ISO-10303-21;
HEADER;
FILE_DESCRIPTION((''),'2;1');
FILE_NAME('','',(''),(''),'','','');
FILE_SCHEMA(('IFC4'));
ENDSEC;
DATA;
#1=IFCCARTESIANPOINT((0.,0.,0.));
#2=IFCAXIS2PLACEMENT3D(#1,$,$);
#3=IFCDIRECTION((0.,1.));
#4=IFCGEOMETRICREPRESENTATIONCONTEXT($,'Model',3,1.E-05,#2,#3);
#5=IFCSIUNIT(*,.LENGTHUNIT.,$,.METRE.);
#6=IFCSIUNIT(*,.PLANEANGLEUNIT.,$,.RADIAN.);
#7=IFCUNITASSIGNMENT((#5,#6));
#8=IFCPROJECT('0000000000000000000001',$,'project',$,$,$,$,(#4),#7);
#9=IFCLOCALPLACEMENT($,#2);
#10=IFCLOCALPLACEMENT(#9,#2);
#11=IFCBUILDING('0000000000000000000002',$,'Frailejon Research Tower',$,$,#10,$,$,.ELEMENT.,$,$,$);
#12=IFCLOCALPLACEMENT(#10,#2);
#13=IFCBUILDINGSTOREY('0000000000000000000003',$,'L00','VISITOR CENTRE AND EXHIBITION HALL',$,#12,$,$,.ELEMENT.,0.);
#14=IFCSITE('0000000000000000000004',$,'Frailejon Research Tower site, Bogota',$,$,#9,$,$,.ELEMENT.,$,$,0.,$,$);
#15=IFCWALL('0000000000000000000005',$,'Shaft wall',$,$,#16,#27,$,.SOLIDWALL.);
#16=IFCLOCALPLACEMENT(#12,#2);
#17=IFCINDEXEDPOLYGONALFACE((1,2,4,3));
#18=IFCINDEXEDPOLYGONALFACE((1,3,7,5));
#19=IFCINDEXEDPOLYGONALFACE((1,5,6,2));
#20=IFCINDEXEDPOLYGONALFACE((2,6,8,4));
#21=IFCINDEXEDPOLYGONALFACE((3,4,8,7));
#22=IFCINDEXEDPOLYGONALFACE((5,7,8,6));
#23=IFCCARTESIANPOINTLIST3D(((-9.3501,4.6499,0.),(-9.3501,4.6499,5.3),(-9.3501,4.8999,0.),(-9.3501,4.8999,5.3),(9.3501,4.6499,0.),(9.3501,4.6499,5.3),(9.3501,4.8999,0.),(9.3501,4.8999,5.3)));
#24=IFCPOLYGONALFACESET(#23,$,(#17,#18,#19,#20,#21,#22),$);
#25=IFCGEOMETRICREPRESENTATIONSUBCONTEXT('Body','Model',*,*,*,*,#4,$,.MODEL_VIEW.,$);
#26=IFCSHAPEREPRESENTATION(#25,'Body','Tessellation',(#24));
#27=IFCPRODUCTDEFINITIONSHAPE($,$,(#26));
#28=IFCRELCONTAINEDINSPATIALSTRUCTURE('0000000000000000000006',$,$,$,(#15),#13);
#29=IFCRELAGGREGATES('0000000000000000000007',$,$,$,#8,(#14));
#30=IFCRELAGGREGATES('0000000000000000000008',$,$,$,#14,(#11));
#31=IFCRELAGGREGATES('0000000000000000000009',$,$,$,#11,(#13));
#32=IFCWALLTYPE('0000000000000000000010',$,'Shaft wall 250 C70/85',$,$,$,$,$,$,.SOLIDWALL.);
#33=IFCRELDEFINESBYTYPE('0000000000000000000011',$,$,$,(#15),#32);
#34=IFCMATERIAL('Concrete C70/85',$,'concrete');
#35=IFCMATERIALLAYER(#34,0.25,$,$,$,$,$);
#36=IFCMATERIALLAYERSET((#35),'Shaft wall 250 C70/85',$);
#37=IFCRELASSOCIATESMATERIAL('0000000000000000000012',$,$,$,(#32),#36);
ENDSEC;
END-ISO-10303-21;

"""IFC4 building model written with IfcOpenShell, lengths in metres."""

from ifc_helpers import new_model, si_unit, direction, frame, frame_2d, origin, place, context, subcontext, project, spatial, rectangle, extrude, material, layer, layer_set, type_object, element, save


model = new_model("IFC4")

# Units and contexts
model_context = context("Model", 3, precision=1e-05, world=origin(), true_north=direction((0.0, 1.0)))
body_context = subcontext(model_context, "Body", "Model", "MODEL_VIEW")
ifc_project = project(units=[si_unit("LENGTHUNIT", "METRE"), si_unit("PLANEANGLEUNIT", "RADIAN")], contexts=[model_context])

# Site, building, storey
site_placement = place(None, origin())
site = spatial("IfcSite", under=ifc_project, at=site_placement, Name="Frailejon Research Tower site, Bogota", CompositionType="ELEMENT", RefElevation=0.0)
building_placement = place(site_placement, origin())
building = spatial("IfcBuilding", under=site, at=building_placement, Name="Frailejon Research Tower", CompositionType="ELEMENT")
storey_placement = place(building_placement, origin())
storey = spatial("IfcBuildingStorey", under=building, at=storey_placement, Name="L00", Description="VISITOR CENTRE AND EXHIBITION HALL", CompositionType="ELEMENT", Elevation=0.0)

# Shared definitions
ifc_material_1 = material(Name="Concrete C70/85", Category="concrete")
ifc_layer = layer(ifc_material_1, 0.25)
ifc_layer_set = layer_set([ifc_layer], Name="Shaft wall 250 C70/85")
wall_type = type_object("IfcWallType", Name="Shaft wall 250 C70/85", PredefinedType="SOLIDWALL", material=ifc_layer_set)

# Wall
wall_1_placement = place(storey_placement, frame((-9.3501, 4.7749, 0.0), z_axis=(0.0, 0.0, 1.0), x_axis=(1.0, 0.0, 0.0)))
element("IfcWall", 1, at=wall_1_placement, inside=storey, type_object=wall_type, Name="Shaft wall", PredefinedType="SOLIDWALL", context=body_context, shape_type="SweptSolid", body=[
    extrude(rectangle(XDim=18.7002, YDim=0.25, at=frame_2d((9.3501, 0.0))), origin(), (0.0, 0.0, 1.0), 5.3),
])

save(model, "model.ifc")
